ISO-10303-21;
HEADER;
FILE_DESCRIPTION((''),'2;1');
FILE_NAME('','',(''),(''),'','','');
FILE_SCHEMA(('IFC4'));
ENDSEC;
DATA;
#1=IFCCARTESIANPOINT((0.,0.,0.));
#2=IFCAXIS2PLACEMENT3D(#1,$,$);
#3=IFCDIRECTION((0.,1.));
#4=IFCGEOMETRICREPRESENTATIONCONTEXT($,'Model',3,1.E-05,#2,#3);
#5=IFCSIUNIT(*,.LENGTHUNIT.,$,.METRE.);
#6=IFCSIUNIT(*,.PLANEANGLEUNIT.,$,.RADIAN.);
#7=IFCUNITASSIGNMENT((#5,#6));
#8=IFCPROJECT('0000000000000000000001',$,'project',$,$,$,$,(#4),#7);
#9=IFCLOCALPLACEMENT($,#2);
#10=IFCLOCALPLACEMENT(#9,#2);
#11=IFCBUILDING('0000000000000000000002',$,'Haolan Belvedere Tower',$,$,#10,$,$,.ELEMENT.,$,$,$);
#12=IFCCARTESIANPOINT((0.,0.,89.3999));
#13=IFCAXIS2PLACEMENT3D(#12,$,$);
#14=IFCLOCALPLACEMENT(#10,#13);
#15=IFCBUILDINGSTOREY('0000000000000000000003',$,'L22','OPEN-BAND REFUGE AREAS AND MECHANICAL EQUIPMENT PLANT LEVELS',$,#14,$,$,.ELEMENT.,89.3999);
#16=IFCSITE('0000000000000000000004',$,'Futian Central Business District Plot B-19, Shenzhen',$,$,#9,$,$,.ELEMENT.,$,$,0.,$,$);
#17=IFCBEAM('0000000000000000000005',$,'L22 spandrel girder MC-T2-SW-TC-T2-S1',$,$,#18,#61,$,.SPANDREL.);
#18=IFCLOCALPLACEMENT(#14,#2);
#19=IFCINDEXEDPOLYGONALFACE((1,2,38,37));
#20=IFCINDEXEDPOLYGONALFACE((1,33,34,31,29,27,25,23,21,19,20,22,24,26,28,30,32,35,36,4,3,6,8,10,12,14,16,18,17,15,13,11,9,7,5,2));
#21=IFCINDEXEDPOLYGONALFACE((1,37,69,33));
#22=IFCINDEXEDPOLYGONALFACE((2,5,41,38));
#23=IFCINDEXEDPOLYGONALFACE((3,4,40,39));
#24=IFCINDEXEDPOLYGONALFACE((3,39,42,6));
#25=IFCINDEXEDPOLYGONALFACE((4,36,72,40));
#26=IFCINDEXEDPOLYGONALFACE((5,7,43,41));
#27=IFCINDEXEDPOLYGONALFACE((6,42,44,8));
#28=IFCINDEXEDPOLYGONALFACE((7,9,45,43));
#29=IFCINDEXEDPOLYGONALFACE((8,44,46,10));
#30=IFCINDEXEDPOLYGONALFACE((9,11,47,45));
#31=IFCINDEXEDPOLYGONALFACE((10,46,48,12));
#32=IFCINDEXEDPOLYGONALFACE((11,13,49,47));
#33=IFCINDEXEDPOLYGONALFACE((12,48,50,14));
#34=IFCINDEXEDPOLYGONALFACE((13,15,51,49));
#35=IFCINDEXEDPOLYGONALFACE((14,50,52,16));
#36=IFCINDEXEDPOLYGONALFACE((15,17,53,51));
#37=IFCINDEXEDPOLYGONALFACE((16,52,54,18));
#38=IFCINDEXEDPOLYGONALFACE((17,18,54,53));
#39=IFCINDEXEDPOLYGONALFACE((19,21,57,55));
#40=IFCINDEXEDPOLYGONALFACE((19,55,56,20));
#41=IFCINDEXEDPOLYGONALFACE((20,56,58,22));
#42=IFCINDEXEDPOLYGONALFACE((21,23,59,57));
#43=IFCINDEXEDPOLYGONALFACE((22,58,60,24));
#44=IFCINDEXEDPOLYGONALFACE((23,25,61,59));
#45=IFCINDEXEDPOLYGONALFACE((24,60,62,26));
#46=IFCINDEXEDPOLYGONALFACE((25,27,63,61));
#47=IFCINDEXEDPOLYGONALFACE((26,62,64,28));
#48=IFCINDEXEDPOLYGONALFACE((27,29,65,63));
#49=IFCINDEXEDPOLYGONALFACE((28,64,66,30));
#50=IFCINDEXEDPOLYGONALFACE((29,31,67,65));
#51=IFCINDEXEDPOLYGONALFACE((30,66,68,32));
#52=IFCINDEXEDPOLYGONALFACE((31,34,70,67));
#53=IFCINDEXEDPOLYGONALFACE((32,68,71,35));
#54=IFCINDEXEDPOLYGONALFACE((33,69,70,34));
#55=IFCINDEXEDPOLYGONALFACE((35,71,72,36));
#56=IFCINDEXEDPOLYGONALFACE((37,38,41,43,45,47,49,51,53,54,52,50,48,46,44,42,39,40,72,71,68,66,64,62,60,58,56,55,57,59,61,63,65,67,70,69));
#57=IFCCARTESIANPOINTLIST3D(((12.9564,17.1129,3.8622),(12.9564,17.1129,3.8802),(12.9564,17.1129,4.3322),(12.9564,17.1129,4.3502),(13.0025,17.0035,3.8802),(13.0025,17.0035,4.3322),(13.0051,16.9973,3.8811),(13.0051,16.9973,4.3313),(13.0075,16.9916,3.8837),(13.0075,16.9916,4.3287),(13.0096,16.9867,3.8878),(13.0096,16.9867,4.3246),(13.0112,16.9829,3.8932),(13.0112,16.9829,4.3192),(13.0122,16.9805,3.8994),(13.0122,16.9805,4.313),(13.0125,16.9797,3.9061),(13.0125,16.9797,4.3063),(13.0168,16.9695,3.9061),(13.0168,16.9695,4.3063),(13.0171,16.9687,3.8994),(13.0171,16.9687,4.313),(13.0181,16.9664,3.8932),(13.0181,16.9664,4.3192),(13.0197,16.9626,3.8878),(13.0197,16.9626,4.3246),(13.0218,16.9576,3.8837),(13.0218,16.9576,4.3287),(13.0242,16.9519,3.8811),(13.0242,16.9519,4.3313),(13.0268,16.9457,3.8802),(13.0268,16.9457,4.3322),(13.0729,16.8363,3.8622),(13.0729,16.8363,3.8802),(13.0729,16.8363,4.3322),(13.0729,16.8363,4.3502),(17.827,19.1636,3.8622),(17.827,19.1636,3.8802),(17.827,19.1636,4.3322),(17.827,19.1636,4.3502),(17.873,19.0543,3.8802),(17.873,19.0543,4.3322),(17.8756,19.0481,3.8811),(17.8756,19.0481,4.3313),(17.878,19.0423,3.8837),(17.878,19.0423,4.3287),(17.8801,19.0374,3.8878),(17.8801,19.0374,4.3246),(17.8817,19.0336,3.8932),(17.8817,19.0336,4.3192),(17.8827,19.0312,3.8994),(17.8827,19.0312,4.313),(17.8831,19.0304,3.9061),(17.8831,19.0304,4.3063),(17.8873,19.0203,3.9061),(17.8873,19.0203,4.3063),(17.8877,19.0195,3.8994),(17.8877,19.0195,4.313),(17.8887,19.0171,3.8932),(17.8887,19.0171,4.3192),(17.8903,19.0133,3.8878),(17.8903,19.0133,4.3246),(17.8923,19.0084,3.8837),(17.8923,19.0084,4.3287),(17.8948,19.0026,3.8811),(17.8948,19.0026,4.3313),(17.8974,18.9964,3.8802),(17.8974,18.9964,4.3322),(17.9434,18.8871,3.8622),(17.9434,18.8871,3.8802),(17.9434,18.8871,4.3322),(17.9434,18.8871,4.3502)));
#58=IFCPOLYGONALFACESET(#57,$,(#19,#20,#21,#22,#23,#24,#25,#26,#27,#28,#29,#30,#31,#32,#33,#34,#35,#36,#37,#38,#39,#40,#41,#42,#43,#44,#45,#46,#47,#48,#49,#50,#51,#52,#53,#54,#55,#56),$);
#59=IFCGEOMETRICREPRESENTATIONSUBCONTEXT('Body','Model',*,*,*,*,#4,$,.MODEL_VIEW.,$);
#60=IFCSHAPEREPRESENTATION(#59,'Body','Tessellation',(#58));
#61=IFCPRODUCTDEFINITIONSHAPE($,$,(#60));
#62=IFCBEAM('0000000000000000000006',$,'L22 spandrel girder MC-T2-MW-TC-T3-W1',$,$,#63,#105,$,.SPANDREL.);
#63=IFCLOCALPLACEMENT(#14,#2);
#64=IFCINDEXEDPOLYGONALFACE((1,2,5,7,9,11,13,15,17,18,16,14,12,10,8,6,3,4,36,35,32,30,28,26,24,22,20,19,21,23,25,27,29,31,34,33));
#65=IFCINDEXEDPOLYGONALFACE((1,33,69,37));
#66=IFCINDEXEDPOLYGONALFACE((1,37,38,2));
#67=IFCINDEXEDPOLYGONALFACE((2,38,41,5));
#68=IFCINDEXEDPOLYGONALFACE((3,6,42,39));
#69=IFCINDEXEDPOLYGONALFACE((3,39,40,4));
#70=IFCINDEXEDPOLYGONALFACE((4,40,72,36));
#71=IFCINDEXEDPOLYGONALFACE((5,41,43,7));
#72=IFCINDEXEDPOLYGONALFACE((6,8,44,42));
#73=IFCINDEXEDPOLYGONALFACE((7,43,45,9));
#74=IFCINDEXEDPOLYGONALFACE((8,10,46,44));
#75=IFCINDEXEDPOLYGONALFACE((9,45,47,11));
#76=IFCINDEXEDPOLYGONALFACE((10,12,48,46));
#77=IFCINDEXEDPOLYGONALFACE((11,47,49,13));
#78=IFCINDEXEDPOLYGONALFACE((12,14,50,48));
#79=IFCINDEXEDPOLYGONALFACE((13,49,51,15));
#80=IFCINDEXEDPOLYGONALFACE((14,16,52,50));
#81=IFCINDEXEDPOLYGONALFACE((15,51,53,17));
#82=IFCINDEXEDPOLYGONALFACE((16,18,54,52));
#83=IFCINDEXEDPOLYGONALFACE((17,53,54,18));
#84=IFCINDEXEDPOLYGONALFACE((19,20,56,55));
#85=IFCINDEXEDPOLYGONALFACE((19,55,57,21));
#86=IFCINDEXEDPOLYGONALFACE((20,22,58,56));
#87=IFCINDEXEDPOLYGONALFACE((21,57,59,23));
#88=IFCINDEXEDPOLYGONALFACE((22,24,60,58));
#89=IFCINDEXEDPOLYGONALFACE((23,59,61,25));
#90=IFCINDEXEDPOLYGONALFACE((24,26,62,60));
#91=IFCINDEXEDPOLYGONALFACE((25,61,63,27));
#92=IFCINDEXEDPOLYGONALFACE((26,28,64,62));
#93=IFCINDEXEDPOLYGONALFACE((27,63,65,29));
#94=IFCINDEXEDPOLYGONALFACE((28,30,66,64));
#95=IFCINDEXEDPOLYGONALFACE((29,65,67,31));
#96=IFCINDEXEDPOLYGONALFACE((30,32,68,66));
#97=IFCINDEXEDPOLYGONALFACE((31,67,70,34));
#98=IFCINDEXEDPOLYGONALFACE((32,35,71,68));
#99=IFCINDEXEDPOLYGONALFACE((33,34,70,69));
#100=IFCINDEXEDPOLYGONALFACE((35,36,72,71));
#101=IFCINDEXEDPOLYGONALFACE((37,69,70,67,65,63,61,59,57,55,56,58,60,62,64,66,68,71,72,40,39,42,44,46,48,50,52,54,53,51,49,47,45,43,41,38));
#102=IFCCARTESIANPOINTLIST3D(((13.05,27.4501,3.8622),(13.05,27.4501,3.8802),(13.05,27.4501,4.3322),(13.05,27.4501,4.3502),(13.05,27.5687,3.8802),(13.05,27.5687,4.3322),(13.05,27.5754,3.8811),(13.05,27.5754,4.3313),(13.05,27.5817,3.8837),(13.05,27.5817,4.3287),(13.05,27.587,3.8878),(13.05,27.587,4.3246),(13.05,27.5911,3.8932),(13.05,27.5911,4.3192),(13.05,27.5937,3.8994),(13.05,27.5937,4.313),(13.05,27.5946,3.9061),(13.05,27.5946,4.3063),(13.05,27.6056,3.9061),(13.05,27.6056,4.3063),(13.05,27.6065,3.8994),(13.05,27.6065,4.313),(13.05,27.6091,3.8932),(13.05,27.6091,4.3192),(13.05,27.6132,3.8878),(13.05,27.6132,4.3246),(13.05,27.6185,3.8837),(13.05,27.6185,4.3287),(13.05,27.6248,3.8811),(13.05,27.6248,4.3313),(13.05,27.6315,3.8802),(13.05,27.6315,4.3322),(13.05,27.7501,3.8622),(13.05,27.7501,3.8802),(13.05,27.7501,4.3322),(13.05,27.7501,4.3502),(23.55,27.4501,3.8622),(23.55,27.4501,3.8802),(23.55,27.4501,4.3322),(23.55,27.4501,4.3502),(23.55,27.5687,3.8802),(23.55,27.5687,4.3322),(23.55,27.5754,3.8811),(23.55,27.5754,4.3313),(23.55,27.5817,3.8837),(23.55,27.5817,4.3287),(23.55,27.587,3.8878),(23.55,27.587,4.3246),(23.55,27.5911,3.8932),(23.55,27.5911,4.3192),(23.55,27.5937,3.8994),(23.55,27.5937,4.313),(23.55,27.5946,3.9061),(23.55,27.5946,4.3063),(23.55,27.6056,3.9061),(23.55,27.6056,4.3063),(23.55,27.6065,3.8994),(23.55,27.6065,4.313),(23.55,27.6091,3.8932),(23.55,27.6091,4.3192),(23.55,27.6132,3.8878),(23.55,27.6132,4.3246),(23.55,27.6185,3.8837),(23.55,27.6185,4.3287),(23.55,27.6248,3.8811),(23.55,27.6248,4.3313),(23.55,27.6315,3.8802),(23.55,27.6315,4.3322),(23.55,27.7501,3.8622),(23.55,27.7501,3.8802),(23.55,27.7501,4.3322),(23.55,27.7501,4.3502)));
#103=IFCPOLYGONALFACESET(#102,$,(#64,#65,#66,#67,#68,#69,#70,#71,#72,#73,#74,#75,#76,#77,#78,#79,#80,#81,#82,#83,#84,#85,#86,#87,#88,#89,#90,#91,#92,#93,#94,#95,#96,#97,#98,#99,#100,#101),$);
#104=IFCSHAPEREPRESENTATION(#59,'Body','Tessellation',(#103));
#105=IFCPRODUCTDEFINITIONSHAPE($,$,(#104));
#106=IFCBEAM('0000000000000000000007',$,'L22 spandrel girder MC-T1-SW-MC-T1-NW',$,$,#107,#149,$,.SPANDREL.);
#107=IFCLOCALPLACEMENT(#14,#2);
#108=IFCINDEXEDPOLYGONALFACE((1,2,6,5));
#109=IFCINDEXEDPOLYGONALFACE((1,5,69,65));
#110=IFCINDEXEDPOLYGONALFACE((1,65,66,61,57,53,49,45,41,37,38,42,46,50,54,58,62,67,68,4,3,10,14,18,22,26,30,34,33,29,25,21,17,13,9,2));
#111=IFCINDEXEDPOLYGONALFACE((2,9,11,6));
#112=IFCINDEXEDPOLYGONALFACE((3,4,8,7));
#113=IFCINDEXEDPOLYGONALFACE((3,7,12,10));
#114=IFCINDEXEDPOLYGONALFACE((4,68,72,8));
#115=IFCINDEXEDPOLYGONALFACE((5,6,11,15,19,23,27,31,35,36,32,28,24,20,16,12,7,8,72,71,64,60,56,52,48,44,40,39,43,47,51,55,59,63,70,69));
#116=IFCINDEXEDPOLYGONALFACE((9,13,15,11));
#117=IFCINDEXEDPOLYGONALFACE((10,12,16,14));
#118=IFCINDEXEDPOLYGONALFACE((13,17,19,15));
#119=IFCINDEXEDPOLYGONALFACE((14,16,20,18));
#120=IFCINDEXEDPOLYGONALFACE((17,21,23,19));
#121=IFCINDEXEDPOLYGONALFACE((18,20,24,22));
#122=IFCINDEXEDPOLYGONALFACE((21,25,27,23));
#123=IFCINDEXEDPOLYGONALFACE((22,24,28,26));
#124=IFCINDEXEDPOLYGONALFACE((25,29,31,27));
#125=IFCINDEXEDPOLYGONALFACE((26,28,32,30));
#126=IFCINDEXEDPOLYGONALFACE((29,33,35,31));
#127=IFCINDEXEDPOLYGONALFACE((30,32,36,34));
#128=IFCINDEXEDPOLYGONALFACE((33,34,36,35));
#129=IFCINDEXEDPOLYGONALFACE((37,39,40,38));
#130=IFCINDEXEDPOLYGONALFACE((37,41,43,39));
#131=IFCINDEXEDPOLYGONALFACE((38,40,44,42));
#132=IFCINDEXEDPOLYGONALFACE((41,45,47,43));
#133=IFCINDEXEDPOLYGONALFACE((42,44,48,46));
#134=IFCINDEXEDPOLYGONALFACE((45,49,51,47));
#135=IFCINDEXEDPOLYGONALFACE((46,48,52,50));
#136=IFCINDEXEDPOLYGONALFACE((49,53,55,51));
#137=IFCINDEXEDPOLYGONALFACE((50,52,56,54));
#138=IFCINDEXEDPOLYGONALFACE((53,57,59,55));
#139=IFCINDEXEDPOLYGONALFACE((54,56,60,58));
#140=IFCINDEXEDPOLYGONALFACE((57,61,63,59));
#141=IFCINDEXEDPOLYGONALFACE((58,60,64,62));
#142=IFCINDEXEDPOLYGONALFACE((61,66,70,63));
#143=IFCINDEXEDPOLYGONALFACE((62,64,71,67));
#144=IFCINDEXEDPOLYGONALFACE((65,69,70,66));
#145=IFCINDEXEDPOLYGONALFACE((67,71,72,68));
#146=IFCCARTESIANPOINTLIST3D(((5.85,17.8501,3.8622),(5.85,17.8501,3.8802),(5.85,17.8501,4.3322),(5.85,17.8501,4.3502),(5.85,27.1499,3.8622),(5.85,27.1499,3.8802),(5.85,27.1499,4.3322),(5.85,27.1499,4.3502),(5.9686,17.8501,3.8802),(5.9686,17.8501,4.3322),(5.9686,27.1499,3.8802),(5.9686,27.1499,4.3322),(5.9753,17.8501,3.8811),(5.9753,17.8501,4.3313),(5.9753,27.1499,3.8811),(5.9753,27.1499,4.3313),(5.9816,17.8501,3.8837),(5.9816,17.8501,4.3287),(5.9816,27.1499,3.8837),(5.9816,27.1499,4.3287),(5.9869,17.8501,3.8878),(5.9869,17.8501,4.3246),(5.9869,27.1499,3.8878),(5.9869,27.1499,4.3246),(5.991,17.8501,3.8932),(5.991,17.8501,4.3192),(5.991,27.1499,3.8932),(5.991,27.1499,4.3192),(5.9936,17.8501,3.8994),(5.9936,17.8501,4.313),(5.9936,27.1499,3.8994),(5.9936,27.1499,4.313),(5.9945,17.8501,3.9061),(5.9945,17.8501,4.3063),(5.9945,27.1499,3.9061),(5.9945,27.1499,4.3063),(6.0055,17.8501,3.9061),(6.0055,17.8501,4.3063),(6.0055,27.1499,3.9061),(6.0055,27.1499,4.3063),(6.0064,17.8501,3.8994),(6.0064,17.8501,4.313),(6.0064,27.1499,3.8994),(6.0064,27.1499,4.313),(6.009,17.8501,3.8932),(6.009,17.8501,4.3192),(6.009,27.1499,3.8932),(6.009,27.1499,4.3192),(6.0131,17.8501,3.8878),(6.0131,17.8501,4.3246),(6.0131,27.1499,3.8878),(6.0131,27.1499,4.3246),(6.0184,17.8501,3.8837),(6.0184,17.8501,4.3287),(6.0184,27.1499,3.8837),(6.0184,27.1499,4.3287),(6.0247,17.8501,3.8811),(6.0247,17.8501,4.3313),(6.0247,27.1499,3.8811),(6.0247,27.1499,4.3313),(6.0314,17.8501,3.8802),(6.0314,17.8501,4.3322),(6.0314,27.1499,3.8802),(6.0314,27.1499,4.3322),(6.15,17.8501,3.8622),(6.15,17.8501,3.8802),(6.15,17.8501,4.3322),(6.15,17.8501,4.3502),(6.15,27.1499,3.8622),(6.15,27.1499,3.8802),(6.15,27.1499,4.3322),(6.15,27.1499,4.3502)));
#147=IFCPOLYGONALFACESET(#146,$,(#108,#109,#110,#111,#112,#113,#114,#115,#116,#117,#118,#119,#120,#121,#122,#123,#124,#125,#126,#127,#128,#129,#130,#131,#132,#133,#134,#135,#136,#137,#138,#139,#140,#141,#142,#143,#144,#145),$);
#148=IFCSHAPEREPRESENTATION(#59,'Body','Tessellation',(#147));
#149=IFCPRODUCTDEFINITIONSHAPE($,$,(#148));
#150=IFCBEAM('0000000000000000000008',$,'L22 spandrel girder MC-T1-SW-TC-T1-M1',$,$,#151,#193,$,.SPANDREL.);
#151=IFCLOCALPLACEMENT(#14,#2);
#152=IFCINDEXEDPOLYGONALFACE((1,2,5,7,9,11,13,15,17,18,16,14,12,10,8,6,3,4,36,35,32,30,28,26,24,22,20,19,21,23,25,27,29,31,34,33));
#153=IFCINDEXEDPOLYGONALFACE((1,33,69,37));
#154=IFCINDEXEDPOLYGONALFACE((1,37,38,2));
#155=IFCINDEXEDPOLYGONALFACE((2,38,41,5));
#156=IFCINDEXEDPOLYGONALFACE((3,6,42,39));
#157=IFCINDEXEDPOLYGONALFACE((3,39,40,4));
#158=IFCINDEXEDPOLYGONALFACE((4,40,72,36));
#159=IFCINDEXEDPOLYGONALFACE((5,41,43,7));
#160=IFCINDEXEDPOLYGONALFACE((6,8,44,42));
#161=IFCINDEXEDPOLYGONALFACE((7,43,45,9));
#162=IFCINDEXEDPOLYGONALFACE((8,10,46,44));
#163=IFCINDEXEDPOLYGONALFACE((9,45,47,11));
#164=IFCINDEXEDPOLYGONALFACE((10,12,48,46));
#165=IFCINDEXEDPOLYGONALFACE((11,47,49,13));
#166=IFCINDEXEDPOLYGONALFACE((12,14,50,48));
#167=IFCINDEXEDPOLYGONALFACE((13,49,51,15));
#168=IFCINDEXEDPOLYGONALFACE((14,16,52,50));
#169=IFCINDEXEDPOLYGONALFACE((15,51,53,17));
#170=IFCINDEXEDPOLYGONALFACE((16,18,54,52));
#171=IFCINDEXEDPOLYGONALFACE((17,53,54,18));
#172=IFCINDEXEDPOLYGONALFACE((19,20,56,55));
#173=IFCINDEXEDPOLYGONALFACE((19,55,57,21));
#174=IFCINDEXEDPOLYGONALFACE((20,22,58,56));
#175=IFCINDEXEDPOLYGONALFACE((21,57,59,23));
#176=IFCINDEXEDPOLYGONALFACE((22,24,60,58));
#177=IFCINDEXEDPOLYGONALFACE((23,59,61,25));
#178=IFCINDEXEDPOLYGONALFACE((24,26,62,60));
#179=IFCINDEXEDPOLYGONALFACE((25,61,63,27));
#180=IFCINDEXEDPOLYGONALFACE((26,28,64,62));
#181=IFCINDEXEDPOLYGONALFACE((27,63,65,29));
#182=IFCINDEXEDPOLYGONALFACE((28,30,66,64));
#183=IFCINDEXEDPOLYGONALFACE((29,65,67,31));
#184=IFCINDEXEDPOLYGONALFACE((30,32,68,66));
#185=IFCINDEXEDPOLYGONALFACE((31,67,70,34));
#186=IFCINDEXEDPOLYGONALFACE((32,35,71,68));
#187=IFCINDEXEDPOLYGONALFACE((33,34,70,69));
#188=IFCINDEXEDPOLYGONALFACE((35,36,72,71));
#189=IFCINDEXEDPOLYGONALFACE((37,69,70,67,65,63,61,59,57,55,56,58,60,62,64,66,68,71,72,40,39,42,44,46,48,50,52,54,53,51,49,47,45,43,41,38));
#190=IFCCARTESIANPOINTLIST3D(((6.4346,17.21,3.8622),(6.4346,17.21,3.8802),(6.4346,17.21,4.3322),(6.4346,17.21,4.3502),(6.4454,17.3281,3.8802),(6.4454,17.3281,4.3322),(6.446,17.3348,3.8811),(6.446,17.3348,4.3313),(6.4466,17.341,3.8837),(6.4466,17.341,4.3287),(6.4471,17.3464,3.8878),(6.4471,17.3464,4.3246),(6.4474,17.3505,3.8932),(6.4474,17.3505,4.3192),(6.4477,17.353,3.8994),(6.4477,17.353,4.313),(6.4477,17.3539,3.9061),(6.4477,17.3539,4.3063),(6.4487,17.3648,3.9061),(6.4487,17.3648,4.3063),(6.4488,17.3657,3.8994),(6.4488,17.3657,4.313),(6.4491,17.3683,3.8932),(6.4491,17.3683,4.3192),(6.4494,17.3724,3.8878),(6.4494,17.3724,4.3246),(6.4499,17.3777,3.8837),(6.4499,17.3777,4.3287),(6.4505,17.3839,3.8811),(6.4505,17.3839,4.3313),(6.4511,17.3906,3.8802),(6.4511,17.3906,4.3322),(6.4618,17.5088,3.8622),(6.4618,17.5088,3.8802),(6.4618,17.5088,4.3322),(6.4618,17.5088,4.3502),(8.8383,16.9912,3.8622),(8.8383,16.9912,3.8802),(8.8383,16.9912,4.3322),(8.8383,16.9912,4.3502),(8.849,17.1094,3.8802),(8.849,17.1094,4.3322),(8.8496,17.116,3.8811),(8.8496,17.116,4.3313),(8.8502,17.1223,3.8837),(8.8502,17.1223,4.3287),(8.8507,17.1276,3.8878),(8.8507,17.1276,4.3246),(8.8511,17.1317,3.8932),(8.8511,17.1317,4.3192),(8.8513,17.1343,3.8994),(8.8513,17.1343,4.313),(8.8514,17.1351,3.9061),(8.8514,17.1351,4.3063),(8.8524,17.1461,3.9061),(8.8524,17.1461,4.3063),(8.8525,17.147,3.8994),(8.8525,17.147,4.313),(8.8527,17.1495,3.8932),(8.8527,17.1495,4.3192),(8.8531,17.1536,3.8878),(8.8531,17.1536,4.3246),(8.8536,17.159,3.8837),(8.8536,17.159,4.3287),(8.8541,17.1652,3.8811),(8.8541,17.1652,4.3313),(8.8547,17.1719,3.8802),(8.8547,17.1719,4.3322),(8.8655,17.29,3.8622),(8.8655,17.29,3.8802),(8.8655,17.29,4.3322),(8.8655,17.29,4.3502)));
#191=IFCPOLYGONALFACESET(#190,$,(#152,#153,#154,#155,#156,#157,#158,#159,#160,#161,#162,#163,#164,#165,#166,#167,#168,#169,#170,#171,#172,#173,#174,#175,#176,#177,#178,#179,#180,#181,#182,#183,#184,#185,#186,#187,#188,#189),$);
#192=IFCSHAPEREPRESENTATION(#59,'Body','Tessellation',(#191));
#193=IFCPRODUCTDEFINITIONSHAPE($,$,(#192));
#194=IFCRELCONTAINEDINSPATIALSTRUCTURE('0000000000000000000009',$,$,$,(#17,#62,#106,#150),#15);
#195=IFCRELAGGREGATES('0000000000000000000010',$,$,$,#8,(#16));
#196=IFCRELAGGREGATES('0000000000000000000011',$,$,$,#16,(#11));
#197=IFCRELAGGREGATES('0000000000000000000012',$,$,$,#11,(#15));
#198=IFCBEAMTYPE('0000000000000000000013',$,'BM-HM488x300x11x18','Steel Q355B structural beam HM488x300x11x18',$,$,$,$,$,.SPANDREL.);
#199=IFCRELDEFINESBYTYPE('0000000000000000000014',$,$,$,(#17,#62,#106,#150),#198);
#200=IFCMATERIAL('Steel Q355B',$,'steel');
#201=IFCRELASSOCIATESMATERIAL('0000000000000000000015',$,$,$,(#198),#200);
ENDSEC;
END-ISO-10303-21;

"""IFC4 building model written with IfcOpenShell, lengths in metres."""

from ifc_helpers import new_model, si_unit, direction, frame, origin, origin_2d, place, context, subcontext, project, spatial, i_section, extrude, material, material_profile, profile_set, type_object, element, save


model = new_model("IFC4")

# Units and contexts
model_context = context("Model", 3, precision=1e-05, world=origin(), true_north=direction((0.0, 1.0)))
body_context = subcontext(model_context, "Body", "Model", "MODEL_VIEW")
ifc_project = project(units=[si_unit("LENGTHUNIT", "METRE"), si_unit("PLANEANGLEUNIT", "RADIAN")], contexts=[model_context])

# Site, building, storey
site_placement = place(None, origin())
site = spatial("IfcSite", under=ifc_project, at=site_placement, Name="Futian Central Business District Plot B-19, Shenzhen", CompositionType="ELEMENT", RefElevation=0.0)
building_placement = place(site_placement, origin())
building = spatial("IfcBuilding", under=site, at=building_placement, Name="Haolan Belvedere Tower", CompositionType="ELEMENT")
storey_placement = place(building_placement, frame((0.0, 0.0, 89.3999)))
storey = spatial("IfcBuildingStorey", under=building, at=storey_placement, Name="L22", Description="OPEN-BAND REFUGE AREAS AND MECHANICAL EQUIPMENT PLANT LEVELS", CompositionType="ELEMENT", Elevation=89.3999)

# Shared definitions
ifc_material_1 = material(Name="Steel Q355B", Category="steel")

# Beams
ifc_material_profile_1 = material_profile(ifc_material_1, i_section(OverallWidth=0.3, OverallDepth=0.488, WebThickness=0.011, FlangeThickness=0.0181, FilletRadius=0.0259, at=origin_2d()), Name="Steel Q355B")
ifc_profile_set_1 = profile_set([ifc_material_profile_1], Name="Steel Q355B")
beam_type_1 = type_object("IfcBeamType", Name="BM-HM488x300x11x18", Description="Steel Q355B structural beam HM488x300x11x18", PredefinedType="SPANDREL", material=ifc_profile_set_1)
beam_1_placement = place(storey_placement, frame((13.0146, 16.9746, 4.1062), z_axis=(0.921635, 0.388057, 0.0), x_axis=(-0.388057, 0.921635, 0.0)))
element("IfcBeam", 1, at=beam_1_placement, inside=storey, type_object=beam_type_1, Name="L22 spandrel girder MC-T2-SW-TC-T2-S1", PredefinedType="SPANDREL", context=body_context, shape_type="SweptSolid", body=[
    extrude(i_section(OverallWidth=0.3, OverallDepth=0.488, WebThickness=0.011, FlangeThickness=0.0181, FilletRadius=0.0259, at=origin_2d()), origin(), (0.0, 0.0, 1.0), 5.2847),
])
beam_2_placement = place(storey_placement, frame((13.05, 27.6001, 4.1062), z_axis=(1.0, 0.0, 0.0), x_axis=(0.0, 1.0, 0.0)))
element("IfcBeam", 2, at=beam_2_placement, inside=storey, type_object=beam_type_1, Name="L22 spandrel girder MC-T2-MW-TC-T3-W1", PredefinedType="SPANDREL", context=body_context, shape_type="SweptSolid", body=[
    extrude(i_section(OverallWidth=0.3, OverallDepth=0.488, WebThickness=0.011, FlangeThickness=0.0181, FilletRadius=0.0259, at=origin_2d()), origin(), (0.0, 0.0, 1.0), 10.5),
])
beam_3_placement = place(storey_placement, frame((6.0, 17.8501, 4.1062), z_axis=(0.0, 1.0, 0.0), x_axis=(-1.0, 0.0, 0.0)))
element("IfcBeam", 3, at=beam_3_placement, inside=storey, type_object=beam_type_1, Name="L22 spandrel girder MC-T1-SW-MC-T1-NW", PredefinedType="SPANDREL", context=body_context, shape_type="SweptSolid", body=[
    extrude(i_section(OverallWidth=0.3, OverallDepth=0.488, WebThickness=0.011, FlangeThickness=0.0181, FilletRadius=0.0259, at=origin_2d()), origin(), (0.0, 0.0, 1.0), 9.2998),
])
beam_4_placement = place(storey_placement, frame((6.4482, 17.3594, 4.1062), z_axis=(0.995884, -0.090636, 0.0), x_axis=(0.090636, 0.995884, 0.0)))
element("IfcBeam", 4, at=beam_4_placement, inside=storey, type_object=beam_type_1, Name="L22 spandrel girder MC-T1-SW-TC-T1-M1", PredefinedType="SPANDREL", context=body_context, shape_type="SweptSolid", body=[
    extrude(i_section(OverallWidth=0.3, OverallDepth=0.488, WebThickness=0.011, FlangeThickness=0.0181, FilletRadius=0.0259, at=origin_2d()), origin(), (0.0, 0.0, 1.0), 2.4136),
])

save(model, "model.ifc")
